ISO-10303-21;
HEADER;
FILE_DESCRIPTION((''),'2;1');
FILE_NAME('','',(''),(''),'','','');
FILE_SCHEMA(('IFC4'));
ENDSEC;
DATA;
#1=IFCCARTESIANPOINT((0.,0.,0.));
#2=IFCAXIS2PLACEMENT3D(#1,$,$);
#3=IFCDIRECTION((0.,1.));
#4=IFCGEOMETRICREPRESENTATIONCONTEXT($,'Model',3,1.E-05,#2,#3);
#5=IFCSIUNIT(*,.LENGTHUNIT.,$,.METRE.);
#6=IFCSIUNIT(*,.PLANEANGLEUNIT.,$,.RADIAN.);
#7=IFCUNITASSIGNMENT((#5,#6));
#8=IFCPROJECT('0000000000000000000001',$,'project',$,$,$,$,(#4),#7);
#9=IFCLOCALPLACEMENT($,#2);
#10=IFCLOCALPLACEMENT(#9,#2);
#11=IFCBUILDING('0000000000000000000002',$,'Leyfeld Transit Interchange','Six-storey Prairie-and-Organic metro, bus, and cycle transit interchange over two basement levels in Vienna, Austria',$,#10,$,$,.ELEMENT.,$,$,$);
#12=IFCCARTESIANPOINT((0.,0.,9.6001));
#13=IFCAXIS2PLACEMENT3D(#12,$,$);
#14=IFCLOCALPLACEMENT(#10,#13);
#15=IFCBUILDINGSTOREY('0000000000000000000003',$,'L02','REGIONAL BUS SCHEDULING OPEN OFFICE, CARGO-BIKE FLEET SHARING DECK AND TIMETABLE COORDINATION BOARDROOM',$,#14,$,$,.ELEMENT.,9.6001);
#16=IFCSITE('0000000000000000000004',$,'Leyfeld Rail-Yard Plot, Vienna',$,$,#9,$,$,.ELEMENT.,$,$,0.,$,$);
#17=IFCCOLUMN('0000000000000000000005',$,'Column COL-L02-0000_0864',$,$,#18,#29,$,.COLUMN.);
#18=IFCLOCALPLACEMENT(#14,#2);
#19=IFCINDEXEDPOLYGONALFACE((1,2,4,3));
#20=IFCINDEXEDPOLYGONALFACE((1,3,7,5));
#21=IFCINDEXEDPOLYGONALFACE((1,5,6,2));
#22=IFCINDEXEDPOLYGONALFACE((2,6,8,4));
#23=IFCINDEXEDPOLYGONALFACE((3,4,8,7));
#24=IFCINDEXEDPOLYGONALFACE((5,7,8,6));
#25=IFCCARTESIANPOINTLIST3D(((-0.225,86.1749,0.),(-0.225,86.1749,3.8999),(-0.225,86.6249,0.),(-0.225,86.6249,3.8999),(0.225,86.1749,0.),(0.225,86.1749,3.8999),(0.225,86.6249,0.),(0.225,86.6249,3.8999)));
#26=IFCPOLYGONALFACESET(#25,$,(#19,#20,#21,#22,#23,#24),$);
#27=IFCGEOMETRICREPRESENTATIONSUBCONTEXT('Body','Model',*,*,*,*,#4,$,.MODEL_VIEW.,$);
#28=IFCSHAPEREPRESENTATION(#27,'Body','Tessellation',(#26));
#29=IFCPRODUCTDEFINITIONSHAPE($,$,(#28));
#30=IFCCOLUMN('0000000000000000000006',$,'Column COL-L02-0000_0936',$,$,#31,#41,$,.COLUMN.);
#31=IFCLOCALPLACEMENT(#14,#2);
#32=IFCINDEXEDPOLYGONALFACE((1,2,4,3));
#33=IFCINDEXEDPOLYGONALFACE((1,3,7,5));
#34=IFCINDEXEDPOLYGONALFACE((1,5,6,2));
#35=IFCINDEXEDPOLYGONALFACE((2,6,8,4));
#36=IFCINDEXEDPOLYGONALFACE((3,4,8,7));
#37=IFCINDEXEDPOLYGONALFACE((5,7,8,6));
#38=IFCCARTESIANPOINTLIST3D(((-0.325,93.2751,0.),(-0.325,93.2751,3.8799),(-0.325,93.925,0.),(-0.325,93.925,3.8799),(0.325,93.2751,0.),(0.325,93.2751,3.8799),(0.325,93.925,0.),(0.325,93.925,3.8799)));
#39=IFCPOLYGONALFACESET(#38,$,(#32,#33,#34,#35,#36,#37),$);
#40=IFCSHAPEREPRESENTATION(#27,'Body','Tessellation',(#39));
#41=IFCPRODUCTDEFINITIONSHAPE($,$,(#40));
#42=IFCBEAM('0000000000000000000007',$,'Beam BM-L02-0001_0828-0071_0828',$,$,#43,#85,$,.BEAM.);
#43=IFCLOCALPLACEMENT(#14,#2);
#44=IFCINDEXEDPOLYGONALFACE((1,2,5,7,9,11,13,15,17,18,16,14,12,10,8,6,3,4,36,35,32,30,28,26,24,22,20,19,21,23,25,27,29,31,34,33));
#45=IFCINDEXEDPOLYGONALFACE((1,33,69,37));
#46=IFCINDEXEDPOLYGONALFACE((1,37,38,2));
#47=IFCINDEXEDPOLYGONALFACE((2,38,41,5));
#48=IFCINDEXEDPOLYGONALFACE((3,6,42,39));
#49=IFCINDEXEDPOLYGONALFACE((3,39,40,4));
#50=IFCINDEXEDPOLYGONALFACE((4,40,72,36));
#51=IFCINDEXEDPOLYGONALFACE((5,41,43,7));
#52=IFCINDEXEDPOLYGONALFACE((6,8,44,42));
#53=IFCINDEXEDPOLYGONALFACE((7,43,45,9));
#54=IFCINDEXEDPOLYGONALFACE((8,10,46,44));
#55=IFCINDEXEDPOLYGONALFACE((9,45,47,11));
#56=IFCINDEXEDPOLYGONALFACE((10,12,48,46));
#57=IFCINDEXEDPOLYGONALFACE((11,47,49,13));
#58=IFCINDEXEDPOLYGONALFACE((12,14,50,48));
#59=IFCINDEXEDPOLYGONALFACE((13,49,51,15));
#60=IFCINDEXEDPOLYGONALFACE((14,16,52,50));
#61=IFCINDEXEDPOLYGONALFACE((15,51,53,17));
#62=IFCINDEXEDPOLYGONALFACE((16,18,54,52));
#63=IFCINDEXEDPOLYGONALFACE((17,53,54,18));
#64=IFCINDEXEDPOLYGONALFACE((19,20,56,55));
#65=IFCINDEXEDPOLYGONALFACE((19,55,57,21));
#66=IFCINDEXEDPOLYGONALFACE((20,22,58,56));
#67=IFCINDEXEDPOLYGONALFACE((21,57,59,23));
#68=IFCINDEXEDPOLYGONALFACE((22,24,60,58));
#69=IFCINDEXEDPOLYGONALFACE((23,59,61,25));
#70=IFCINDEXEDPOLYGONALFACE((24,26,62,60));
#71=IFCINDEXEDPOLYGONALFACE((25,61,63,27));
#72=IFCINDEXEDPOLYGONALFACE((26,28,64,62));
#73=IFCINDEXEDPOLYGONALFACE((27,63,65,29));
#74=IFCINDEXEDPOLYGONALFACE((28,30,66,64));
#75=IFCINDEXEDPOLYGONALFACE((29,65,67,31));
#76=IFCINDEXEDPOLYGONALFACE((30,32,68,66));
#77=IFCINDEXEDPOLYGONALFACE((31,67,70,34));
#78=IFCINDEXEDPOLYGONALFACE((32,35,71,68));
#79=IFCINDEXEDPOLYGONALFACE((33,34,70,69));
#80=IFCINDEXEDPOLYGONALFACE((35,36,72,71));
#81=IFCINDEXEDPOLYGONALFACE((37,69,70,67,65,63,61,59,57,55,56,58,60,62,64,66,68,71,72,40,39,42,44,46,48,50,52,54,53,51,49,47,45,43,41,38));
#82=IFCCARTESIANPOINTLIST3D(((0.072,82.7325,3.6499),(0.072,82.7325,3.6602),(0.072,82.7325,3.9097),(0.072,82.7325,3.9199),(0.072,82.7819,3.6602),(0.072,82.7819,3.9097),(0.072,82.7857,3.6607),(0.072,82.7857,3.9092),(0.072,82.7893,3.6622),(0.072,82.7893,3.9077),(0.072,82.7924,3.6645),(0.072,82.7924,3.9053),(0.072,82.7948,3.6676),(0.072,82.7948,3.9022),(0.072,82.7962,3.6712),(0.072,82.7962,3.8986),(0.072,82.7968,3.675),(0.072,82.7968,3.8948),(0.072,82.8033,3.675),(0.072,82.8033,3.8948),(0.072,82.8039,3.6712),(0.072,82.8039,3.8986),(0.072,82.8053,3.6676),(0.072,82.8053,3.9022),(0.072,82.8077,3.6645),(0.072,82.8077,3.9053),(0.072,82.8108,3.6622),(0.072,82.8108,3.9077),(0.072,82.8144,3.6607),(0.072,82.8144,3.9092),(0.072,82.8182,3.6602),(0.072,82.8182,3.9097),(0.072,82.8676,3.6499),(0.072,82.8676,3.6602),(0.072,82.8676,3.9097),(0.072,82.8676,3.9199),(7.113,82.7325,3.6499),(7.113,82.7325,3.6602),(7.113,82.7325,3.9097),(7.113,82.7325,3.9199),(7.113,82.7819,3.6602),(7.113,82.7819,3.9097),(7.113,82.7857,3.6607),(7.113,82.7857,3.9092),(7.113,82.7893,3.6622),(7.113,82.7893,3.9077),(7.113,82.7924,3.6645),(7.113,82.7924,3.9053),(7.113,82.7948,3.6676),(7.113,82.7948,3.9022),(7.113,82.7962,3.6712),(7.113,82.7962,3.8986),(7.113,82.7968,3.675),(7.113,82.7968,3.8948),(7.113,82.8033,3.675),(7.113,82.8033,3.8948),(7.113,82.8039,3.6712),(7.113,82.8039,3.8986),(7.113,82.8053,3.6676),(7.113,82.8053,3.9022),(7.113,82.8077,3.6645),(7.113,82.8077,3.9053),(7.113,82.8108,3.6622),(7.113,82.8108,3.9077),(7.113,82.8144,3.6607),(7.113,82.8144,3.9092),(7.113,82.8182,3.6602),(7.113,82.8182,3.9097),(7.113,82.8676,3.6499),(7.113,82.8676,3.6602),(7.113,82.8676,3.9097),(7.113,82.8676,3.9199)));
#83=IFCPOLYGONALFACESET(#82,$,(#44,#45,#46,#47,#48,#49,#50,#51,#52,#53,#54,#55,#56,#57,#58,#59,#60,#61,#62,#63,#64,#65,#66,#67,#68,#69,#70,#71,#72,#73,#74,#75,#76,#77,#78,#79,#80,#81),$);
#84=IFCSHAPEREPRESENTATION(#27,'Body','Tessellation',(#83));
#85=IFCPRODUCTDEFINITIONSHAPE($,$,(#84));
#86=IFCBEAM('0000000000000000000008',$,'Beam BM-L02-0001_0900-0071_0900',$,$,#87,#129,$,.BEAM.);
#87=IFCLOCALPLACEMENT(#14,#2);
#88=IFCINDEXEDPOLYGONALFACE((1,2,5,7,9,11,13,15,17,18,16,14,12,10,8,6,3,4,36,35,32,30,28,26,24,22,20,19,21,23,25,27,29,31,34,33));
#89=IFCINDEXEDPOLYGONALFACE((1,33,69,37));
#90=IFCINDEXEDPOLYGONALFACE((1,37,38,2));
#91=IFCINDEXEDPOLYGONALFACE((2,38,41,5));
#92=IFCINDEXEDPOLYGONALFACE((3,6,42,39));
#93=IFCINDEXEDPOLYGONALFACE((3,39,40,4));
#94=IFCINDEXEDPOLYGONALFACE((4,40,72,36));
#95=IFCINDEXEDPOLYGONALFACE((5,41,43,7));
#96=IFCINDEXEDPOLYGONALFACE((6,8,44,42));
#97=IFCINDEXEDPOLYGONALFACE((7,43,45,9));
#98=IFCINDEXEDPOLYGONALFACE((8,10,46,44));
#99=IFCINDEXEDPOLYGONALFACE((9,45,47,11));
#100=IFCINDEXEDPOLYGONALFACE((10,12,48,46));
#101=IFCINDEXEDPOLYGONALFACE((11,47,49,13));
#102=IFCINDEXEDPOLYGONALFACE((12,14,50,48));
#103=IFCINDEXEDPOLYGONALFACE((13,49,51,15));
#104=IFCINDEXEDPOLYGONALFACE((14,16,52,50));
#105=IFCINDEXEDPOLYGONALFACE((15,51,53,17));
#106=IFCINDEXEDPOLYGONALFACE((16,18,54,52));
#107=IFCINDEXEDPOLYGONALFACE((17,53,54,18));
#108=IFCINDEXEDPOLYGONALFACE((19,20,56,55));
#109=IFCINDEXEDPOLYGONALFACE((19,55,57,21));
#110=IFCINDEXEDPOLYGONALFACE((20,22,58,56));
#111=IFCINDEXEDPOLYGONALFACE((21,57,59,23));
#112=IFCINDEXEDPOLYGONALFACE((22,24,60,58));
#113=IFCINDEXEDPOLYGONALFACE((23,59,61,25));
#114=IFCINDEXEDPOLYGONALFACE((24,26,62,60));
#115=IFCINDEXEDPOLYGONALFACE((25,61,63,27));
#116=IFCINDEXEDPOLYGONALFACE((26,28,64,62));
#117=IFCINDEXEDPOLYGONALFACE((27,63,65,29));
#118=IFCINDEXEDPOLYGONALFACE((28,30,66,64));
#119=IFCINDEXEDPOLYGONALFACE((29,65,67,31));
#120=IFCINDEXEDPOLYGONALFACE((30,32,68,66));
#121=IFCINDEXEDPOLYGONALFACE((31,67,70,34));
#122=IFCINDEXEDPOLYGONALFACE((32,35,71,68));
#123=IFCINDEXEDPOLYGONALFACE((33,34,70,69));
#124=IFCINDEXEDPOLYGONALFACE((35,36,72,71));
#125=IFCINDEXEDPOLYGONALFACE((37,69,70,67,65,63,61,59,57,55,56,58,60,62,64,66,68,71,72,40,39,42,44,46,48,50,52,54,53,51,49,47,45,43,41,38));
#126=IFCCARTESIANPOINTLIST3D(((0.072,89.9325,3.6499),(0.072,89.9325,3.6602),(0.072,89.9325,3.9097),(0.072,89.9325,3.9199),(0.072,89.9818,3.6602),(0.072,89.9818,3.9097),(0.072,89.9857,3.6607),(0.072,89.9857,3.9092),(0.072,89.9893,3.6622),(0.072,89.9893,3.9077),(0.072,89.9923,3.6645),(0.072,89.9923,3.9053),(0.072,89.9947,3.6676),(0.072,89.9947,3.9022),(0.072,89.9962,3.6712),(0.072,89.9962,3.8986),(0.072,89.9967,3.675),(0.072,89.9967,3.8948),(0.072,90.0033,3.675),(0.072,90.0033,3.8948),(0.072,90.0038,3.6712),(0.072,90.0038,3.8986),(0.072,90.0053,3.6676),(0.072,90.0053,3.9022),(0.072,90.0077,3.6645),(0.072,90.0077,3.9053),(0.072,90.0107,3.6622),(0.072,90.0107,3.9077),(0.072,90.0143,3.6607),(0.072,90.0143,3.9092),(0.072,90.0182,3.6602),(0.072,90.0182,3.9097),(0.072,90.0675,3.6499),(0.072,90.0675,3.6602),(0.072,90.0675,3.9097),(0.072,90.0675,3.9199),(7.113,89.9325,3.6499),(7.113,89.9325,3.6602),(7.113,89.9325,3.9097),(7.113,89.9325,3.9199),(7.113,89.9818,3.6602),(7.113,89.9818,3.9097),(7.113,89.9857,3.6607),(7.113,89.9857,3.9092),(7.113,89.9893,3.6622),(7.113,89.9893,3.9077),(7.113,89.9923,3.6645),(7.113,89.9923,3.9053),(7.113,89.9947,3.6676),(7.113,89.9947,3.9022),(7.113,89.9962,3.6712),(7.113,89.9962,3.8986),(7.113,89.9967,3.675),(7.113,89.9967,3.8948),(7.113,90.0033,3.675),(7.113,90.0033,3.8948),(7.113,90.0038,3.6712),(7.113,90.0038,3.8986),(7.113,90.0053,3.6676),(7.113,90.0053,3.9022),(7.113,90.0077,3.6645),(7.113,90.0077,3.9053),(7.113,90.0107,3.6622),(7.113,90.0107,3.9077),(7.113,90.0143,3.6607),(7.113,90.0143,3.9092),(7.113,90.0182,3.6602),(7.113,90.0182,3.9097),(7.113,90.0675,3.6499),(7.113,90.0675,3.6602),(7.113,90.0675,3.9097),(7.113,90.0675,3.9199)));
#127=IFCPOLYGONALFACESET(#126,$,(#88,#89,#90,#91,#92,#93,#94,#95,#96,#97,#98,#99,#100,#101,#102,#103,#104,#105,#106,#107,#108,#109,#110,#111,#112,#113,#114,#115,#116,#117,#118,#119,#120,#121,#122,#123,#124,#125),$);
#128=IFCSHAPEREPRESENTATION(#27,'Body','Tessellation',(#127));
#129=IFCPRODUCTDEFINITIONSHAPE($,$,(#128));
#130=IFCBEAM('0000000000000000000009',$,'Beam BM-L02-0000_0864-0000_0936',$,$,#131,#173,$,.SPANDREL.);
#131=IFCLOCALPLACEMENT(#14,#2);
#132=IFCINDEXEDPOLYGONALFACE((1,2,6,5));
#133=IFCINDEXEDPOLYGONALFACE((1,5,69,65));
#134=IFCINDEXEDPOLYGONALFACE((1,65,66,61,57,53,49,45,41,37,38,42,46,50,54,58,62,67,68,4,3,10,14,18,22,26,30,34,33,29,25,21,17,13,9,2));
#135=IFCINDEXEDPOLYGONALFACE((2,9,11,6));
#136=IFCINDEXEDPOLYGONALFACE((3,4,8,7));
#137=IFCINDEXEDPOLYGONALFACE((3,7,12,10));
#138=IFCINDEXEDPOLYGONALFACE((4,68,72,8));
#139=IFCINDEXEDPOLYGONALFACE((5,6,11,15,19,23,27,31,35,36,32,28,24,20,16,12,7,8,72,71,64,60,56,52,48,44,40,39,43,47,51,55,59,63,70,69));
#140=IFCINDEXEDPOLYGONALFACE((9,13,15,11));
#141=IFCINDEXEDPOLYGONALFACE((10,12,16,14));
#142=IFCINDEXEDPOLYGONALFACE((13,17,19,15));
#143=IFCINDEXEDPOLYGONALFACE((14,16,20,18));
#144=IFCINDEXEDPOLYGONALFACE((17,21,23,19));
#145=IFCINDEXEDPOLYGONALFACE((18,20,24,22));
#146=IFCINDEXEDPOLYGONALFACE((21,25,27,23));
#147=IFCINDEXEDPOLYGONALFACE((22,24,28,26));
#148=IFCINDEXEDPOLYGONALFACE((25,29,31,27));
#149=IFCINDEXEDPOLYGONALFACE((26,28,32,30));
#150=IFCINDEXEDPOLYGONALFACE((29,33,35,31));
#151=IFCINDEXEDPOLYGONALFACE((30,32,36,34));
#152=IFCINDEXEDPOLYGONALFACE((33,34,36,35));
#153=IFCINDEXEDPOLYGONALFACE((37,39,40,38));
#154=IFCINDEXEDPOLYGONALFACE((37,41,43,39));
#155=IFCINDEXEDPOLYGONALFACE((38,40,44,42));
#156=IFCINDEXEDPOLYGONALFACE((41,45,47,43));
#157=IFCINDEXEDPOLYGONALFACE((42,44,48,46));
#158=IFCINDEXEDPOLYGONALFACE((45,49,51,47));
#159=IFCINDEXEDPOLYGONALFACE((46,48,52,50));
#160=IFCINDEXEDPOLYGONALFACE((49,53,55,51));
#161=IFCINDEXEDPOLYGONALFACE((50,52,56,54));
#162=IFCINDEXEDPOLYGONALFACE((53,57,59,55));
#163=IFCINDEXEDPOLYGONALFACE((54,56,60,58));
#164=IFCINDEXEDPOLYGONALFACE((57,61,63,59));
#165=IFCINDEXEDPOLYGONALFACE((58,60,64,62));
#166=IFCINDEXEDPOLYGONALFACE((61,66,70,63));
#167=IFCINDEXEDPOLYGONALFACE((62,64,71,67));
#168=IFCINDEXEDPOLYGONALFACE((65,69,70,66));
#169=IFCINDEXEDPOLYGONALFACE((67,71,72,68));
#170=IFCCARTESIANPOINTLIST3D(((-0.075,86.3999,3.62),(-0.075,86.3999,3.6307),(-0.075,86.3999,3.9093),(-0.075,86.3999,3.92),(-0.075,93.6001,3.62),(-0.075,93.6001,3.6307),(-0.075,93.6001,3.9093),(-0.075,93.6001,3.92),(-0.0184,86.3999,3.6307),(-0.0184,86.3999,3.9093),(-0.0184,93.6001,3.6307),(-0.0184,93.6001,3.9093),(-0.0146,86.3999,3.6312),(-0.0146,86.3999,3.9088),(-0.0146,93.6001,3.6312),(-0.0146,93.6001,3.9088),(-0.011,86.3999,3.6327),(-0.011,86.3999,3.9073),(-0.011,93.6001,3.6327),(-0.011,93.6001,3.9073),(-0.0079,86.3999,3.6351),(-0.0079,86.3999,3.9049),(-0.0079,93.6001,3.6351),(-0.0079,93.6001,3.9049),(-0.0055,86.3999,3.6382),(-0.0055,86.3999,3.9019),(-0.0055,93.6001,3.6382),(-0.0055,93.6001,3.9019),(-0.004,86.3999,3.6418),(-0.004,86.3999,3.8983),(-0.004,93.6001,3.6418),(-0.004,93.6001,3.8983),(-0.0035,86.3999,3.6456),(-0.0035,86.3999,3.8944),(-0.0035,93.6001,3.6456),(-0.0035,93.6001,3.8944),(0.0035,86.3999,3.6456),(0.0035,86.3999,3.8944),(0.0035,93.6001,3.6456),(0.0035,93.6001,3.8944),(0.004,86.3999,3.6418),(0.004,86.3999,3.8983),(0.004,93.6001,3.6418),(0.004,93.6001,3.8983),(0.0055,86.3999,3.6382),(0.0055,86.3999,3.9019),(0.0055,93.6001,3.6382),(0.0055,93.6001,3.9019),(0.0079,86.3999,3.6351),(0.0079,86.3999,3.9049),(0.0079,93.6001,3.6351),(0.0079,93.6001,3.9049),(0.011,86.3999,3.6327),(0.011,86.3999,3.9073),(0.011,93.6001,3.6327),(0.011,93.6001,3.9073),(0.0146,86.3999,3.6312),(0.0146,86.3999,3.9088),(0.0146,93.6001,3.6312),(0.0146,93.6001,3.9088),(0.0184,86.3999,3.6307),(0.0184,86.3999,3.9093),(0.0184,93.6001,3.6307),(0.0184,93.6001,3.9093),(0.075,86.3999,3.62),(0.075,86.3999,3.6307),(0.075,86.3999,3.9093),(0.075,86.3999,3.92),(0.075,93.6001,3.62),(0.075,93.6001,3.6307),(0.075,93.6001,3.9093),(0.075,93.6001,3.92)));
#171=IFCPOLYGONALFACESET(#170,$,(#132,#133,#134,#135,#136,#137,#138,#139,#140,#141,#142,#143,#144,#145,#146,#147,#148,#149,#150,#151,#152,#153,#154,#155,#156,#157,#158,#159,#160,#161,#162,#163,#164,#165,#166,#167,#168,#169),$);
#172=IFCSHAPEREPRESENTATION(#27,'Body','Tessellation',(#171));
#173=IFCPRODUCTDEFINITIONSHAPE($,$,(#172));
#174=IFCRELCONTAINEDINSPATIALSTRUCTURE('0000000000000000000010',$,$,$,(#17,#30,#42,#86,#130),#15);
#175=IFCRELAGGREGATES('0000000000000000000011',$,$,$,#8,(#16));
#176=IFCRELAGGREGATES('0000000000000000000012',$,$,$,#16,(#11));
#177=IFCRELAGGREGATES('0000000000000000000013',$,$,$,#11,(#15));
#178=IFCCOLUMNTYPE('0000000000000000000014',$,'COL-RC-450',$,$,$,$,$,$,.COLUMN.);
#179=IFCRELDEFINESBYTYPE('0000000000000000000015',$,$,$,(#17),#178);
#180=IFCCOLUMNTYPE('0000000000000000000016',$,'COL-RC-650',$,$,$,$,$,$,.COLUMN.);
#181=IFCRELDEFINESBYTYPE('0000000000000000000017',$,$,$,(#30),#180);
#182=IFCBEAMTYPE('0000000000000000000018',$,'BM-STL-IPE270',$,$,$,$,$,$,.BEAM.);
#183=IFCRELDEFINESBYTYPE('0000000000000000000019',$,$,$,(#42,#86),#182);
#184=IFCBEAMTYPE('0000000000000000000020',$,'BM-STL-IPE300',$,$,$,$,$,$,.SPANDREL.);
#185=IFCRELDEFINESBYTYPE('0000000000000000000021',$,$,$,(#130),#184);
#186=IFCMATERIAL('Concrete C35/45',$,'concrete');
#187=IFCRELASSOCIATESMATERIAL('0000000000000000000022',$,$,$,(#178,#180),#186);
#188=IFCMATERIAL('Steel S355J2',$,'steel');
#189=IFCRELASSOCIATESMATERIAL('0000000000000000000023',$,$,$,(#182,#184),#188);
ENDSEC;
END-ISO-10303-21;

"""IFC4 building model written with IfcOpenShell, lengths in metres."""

from ifc_helpers import new_model, si_unit, direction, frame, origin, origin_2d, place, context, subcontext, project, spatial, rectangle, i_section, extrude, material, material_profile, profile_set, type_object, element, save


model = new_model("IFC4")

# Units and contexts
model_context = context("Model", 3, precision=1e-05, world=origin(), true_north=direction((0.0, 1.0)))
body_context = subcontext(model_context, "Body", "Model", "MODEL_VIEW")
ifc_project = project(units=[si_unit("LENGTHUNIT", "METRE"), si_unit("PLANEANGLEUNIT", "RADIAN")], contexts=[model_context])

# Site, building, storey
site_placement = place(None, origin())
site = spatial("IfcSite", under=ifc_project, at=site_placement, Name="Leyfeld Rail-Yard Plot, Vienna", CompositionType="ELEMENT", RefElevation=0.0)
building_placement = place(site_placement, origin())
building = spatial("IfcBuilding", under=site, at=building_placement, Name="Leyfeld Transit Interchange", Description="Six-storey Prairie-and-Organic metro, bus, and cycle transit interchange over two basement levels in Vienna, Austria", CompositionType="ELEMENT")
storey_placement = place(building_placement, frame((0.0, 0.0, 9.6001)))
storey = spatial("IfcBuildingStorey", under=building, at=storey_placement, Name="L02", Description="REGIONAL BUS SCHEDULING OPEN OFFICE, CARGO-BIKE FLEET SHARING DECK AND TIMETABLE COORDINATION BOARDROOM", CompositionType="ELEMENT", Elevation=9.6001)

# Columns
ifc_material_1 = material(Name="Concrete C35/45", Category="concrete")
ifc_material_profile_1 = material_profile(ifc_material_1, rectangle(XDim=0.45, YDim=0.45, at=origin_2d()), Name="RC 450x450")
ifc_profile_set_1 = profile_set([ifc_material_profile_1], Name="Concrete C35/45")
column_type_1 = type_object("IfcColumnType", Name="COL-RC-450", PredefinedType="COLUMN", material=ifc_profile_set_1)
column_1_placement = place(storey_placement, frame((0.0, 86.3999, 0.0), z_axis=(0.0, 0.0, 1.0), x_axis=(0.0, 1.0, 0.0)))
element("IfcColumn", 1, at=column_1_placement, inside=storey, type_object=column_type_1, Name="Column COL-L02-0000_0864", PredefinedType="COLUMN", context=body_context, shape_type="SweptSolid", body=[
    extrude(rectangle(XDim=0.45, YDim=0.45, at=origin_2d()), origin(), (0.0, 0.0, 1.0), 3.8999),
])
ifc_material_profile_2 = material_profile(ifc_material_1, rectangle(XDim=0.6499, YDim=0.6499, at=origin_2d()), Name="RC 650x650")
ifc_profile_set_2 = profile_set([ifc_material_profile_2], Name="Concrete C35/45")
column_type_2 = type_object("IfcColumnType", Name="COL-RC-650", PredefinedType="COLUMN", material=ifc_profile_set_2)
column_2_placement = place(storey_placement, frame((0.0, 93.6001, 0.0), z_axis=(0.0, 0.0, 1.0), x_axis=(0.0, 1.0, 0.0)))
element("IfcColumn", 2, at=column_2_placement, inside=storey, type_object=column_type_2, Name="Column COL-L02-0000_0936", PredefinedType="COLUMN", context=body_context, shape_type="SweptSolid", body=[
    extrude(rectangle(XDim=0.6499, YDim=0.6499, at=origin_2d()), origin(), (0.0, 0.0, 1.0), 3.8799),
])

# Beams
ifc_material_2 = material(Name="Steel S355J2", Category="steel")
ifc_material_profile_3 = material_profile(ifc_material_2, i_section(OverallWidth=0.135, OverallDepth=0.27, WebThickness=0.0066, FlangeThickness=0.0103, FilletRadius=0.0149, at=origin_2d()), Name="IPE 270")
ifc_profile_set_3 = profile_set([ifc_material_profile_3], Name="Steel S355J2")
beam_type_1 = type_object("IfcBeamType", Name="BM-STL-IPE270", PredefinedType="BEAM", material=ifc_profile_set_3)
for number, where, z_axis, x_axis, name in (
    (3, (0.072, 82.8, 3.7849), (1.0, 0.0, 0.0), (0.0, 1.0, 0.0), "Beam BM-L02-0001_0828-0071_0828"),
    (4, (0.072, 90.0, 3.7849), (1.0, 0.0, 0.0), (0.0, 1.0, 0.0), "Beam BM-L02-0001_0900-0071_0900"),
):
    element("IfcBeam", number, at=place(storey_placement, frame(where, z_axis=z_axis, x_axis=x_axis)), inside=storey, type_object=beam_type_1, Name=name, PredefinedType="BEAM", context=body_context, shape_type="SweptSolid", body=[
        extrude(i_section(OverallWidth=0.135, OverallDepth=0.27, WebThickness=0.0066, FlangeThickness=0.0103, FilletRadius=0.0149, at=origin_2d()), origin(), (0.0, 0.0, 1.0), 7.041),
    ])
ifc_material_profile_4 = material_profile(ifc_material_2, i_section(OverallWidth=0.1499, OverallDepth=0.3, WebThickness=0.0071, FlangeThickness=0.0107, FilletRadius=0.0149, at=origin_2d()), Name="IPE 300")
ifc_profile_set_4 = profile_set([ifc_material_profile_4], Name="Steel S355J2")
beam_type_2 = type_object("IfcBeamType", Name="BM-STL-IPE300", PredefinedType="SPANDREL", material=ifc_profile_set_4)
beam_1_placement = place(storey_placement, frame((0.0, 86.3999, 3.77), z_axis=(0.0, 1.0, 0.0), x_axis=(-1.0, 0.0, 0.0)))
element("IfcBeam", 5, at=beam_1_placement, inside=storey, type_object=beam_type_2, Name="Beam BM-L02-0000_0864-0000_0936", PredefinedType="SPANDREL", context=body_context, shape_type="SweptSolid", body=[
    extrude(i_section(OverallWidth=0.1499, OverallDepth=0.3, WebThickness=0.0071, FlangeThickness=0.0107, FilletRadius=0.0149, at=origin_2d()), origin(), (0.0, 0.0, 1.0), 7.2002),
])

save(model, "model.ifc")
